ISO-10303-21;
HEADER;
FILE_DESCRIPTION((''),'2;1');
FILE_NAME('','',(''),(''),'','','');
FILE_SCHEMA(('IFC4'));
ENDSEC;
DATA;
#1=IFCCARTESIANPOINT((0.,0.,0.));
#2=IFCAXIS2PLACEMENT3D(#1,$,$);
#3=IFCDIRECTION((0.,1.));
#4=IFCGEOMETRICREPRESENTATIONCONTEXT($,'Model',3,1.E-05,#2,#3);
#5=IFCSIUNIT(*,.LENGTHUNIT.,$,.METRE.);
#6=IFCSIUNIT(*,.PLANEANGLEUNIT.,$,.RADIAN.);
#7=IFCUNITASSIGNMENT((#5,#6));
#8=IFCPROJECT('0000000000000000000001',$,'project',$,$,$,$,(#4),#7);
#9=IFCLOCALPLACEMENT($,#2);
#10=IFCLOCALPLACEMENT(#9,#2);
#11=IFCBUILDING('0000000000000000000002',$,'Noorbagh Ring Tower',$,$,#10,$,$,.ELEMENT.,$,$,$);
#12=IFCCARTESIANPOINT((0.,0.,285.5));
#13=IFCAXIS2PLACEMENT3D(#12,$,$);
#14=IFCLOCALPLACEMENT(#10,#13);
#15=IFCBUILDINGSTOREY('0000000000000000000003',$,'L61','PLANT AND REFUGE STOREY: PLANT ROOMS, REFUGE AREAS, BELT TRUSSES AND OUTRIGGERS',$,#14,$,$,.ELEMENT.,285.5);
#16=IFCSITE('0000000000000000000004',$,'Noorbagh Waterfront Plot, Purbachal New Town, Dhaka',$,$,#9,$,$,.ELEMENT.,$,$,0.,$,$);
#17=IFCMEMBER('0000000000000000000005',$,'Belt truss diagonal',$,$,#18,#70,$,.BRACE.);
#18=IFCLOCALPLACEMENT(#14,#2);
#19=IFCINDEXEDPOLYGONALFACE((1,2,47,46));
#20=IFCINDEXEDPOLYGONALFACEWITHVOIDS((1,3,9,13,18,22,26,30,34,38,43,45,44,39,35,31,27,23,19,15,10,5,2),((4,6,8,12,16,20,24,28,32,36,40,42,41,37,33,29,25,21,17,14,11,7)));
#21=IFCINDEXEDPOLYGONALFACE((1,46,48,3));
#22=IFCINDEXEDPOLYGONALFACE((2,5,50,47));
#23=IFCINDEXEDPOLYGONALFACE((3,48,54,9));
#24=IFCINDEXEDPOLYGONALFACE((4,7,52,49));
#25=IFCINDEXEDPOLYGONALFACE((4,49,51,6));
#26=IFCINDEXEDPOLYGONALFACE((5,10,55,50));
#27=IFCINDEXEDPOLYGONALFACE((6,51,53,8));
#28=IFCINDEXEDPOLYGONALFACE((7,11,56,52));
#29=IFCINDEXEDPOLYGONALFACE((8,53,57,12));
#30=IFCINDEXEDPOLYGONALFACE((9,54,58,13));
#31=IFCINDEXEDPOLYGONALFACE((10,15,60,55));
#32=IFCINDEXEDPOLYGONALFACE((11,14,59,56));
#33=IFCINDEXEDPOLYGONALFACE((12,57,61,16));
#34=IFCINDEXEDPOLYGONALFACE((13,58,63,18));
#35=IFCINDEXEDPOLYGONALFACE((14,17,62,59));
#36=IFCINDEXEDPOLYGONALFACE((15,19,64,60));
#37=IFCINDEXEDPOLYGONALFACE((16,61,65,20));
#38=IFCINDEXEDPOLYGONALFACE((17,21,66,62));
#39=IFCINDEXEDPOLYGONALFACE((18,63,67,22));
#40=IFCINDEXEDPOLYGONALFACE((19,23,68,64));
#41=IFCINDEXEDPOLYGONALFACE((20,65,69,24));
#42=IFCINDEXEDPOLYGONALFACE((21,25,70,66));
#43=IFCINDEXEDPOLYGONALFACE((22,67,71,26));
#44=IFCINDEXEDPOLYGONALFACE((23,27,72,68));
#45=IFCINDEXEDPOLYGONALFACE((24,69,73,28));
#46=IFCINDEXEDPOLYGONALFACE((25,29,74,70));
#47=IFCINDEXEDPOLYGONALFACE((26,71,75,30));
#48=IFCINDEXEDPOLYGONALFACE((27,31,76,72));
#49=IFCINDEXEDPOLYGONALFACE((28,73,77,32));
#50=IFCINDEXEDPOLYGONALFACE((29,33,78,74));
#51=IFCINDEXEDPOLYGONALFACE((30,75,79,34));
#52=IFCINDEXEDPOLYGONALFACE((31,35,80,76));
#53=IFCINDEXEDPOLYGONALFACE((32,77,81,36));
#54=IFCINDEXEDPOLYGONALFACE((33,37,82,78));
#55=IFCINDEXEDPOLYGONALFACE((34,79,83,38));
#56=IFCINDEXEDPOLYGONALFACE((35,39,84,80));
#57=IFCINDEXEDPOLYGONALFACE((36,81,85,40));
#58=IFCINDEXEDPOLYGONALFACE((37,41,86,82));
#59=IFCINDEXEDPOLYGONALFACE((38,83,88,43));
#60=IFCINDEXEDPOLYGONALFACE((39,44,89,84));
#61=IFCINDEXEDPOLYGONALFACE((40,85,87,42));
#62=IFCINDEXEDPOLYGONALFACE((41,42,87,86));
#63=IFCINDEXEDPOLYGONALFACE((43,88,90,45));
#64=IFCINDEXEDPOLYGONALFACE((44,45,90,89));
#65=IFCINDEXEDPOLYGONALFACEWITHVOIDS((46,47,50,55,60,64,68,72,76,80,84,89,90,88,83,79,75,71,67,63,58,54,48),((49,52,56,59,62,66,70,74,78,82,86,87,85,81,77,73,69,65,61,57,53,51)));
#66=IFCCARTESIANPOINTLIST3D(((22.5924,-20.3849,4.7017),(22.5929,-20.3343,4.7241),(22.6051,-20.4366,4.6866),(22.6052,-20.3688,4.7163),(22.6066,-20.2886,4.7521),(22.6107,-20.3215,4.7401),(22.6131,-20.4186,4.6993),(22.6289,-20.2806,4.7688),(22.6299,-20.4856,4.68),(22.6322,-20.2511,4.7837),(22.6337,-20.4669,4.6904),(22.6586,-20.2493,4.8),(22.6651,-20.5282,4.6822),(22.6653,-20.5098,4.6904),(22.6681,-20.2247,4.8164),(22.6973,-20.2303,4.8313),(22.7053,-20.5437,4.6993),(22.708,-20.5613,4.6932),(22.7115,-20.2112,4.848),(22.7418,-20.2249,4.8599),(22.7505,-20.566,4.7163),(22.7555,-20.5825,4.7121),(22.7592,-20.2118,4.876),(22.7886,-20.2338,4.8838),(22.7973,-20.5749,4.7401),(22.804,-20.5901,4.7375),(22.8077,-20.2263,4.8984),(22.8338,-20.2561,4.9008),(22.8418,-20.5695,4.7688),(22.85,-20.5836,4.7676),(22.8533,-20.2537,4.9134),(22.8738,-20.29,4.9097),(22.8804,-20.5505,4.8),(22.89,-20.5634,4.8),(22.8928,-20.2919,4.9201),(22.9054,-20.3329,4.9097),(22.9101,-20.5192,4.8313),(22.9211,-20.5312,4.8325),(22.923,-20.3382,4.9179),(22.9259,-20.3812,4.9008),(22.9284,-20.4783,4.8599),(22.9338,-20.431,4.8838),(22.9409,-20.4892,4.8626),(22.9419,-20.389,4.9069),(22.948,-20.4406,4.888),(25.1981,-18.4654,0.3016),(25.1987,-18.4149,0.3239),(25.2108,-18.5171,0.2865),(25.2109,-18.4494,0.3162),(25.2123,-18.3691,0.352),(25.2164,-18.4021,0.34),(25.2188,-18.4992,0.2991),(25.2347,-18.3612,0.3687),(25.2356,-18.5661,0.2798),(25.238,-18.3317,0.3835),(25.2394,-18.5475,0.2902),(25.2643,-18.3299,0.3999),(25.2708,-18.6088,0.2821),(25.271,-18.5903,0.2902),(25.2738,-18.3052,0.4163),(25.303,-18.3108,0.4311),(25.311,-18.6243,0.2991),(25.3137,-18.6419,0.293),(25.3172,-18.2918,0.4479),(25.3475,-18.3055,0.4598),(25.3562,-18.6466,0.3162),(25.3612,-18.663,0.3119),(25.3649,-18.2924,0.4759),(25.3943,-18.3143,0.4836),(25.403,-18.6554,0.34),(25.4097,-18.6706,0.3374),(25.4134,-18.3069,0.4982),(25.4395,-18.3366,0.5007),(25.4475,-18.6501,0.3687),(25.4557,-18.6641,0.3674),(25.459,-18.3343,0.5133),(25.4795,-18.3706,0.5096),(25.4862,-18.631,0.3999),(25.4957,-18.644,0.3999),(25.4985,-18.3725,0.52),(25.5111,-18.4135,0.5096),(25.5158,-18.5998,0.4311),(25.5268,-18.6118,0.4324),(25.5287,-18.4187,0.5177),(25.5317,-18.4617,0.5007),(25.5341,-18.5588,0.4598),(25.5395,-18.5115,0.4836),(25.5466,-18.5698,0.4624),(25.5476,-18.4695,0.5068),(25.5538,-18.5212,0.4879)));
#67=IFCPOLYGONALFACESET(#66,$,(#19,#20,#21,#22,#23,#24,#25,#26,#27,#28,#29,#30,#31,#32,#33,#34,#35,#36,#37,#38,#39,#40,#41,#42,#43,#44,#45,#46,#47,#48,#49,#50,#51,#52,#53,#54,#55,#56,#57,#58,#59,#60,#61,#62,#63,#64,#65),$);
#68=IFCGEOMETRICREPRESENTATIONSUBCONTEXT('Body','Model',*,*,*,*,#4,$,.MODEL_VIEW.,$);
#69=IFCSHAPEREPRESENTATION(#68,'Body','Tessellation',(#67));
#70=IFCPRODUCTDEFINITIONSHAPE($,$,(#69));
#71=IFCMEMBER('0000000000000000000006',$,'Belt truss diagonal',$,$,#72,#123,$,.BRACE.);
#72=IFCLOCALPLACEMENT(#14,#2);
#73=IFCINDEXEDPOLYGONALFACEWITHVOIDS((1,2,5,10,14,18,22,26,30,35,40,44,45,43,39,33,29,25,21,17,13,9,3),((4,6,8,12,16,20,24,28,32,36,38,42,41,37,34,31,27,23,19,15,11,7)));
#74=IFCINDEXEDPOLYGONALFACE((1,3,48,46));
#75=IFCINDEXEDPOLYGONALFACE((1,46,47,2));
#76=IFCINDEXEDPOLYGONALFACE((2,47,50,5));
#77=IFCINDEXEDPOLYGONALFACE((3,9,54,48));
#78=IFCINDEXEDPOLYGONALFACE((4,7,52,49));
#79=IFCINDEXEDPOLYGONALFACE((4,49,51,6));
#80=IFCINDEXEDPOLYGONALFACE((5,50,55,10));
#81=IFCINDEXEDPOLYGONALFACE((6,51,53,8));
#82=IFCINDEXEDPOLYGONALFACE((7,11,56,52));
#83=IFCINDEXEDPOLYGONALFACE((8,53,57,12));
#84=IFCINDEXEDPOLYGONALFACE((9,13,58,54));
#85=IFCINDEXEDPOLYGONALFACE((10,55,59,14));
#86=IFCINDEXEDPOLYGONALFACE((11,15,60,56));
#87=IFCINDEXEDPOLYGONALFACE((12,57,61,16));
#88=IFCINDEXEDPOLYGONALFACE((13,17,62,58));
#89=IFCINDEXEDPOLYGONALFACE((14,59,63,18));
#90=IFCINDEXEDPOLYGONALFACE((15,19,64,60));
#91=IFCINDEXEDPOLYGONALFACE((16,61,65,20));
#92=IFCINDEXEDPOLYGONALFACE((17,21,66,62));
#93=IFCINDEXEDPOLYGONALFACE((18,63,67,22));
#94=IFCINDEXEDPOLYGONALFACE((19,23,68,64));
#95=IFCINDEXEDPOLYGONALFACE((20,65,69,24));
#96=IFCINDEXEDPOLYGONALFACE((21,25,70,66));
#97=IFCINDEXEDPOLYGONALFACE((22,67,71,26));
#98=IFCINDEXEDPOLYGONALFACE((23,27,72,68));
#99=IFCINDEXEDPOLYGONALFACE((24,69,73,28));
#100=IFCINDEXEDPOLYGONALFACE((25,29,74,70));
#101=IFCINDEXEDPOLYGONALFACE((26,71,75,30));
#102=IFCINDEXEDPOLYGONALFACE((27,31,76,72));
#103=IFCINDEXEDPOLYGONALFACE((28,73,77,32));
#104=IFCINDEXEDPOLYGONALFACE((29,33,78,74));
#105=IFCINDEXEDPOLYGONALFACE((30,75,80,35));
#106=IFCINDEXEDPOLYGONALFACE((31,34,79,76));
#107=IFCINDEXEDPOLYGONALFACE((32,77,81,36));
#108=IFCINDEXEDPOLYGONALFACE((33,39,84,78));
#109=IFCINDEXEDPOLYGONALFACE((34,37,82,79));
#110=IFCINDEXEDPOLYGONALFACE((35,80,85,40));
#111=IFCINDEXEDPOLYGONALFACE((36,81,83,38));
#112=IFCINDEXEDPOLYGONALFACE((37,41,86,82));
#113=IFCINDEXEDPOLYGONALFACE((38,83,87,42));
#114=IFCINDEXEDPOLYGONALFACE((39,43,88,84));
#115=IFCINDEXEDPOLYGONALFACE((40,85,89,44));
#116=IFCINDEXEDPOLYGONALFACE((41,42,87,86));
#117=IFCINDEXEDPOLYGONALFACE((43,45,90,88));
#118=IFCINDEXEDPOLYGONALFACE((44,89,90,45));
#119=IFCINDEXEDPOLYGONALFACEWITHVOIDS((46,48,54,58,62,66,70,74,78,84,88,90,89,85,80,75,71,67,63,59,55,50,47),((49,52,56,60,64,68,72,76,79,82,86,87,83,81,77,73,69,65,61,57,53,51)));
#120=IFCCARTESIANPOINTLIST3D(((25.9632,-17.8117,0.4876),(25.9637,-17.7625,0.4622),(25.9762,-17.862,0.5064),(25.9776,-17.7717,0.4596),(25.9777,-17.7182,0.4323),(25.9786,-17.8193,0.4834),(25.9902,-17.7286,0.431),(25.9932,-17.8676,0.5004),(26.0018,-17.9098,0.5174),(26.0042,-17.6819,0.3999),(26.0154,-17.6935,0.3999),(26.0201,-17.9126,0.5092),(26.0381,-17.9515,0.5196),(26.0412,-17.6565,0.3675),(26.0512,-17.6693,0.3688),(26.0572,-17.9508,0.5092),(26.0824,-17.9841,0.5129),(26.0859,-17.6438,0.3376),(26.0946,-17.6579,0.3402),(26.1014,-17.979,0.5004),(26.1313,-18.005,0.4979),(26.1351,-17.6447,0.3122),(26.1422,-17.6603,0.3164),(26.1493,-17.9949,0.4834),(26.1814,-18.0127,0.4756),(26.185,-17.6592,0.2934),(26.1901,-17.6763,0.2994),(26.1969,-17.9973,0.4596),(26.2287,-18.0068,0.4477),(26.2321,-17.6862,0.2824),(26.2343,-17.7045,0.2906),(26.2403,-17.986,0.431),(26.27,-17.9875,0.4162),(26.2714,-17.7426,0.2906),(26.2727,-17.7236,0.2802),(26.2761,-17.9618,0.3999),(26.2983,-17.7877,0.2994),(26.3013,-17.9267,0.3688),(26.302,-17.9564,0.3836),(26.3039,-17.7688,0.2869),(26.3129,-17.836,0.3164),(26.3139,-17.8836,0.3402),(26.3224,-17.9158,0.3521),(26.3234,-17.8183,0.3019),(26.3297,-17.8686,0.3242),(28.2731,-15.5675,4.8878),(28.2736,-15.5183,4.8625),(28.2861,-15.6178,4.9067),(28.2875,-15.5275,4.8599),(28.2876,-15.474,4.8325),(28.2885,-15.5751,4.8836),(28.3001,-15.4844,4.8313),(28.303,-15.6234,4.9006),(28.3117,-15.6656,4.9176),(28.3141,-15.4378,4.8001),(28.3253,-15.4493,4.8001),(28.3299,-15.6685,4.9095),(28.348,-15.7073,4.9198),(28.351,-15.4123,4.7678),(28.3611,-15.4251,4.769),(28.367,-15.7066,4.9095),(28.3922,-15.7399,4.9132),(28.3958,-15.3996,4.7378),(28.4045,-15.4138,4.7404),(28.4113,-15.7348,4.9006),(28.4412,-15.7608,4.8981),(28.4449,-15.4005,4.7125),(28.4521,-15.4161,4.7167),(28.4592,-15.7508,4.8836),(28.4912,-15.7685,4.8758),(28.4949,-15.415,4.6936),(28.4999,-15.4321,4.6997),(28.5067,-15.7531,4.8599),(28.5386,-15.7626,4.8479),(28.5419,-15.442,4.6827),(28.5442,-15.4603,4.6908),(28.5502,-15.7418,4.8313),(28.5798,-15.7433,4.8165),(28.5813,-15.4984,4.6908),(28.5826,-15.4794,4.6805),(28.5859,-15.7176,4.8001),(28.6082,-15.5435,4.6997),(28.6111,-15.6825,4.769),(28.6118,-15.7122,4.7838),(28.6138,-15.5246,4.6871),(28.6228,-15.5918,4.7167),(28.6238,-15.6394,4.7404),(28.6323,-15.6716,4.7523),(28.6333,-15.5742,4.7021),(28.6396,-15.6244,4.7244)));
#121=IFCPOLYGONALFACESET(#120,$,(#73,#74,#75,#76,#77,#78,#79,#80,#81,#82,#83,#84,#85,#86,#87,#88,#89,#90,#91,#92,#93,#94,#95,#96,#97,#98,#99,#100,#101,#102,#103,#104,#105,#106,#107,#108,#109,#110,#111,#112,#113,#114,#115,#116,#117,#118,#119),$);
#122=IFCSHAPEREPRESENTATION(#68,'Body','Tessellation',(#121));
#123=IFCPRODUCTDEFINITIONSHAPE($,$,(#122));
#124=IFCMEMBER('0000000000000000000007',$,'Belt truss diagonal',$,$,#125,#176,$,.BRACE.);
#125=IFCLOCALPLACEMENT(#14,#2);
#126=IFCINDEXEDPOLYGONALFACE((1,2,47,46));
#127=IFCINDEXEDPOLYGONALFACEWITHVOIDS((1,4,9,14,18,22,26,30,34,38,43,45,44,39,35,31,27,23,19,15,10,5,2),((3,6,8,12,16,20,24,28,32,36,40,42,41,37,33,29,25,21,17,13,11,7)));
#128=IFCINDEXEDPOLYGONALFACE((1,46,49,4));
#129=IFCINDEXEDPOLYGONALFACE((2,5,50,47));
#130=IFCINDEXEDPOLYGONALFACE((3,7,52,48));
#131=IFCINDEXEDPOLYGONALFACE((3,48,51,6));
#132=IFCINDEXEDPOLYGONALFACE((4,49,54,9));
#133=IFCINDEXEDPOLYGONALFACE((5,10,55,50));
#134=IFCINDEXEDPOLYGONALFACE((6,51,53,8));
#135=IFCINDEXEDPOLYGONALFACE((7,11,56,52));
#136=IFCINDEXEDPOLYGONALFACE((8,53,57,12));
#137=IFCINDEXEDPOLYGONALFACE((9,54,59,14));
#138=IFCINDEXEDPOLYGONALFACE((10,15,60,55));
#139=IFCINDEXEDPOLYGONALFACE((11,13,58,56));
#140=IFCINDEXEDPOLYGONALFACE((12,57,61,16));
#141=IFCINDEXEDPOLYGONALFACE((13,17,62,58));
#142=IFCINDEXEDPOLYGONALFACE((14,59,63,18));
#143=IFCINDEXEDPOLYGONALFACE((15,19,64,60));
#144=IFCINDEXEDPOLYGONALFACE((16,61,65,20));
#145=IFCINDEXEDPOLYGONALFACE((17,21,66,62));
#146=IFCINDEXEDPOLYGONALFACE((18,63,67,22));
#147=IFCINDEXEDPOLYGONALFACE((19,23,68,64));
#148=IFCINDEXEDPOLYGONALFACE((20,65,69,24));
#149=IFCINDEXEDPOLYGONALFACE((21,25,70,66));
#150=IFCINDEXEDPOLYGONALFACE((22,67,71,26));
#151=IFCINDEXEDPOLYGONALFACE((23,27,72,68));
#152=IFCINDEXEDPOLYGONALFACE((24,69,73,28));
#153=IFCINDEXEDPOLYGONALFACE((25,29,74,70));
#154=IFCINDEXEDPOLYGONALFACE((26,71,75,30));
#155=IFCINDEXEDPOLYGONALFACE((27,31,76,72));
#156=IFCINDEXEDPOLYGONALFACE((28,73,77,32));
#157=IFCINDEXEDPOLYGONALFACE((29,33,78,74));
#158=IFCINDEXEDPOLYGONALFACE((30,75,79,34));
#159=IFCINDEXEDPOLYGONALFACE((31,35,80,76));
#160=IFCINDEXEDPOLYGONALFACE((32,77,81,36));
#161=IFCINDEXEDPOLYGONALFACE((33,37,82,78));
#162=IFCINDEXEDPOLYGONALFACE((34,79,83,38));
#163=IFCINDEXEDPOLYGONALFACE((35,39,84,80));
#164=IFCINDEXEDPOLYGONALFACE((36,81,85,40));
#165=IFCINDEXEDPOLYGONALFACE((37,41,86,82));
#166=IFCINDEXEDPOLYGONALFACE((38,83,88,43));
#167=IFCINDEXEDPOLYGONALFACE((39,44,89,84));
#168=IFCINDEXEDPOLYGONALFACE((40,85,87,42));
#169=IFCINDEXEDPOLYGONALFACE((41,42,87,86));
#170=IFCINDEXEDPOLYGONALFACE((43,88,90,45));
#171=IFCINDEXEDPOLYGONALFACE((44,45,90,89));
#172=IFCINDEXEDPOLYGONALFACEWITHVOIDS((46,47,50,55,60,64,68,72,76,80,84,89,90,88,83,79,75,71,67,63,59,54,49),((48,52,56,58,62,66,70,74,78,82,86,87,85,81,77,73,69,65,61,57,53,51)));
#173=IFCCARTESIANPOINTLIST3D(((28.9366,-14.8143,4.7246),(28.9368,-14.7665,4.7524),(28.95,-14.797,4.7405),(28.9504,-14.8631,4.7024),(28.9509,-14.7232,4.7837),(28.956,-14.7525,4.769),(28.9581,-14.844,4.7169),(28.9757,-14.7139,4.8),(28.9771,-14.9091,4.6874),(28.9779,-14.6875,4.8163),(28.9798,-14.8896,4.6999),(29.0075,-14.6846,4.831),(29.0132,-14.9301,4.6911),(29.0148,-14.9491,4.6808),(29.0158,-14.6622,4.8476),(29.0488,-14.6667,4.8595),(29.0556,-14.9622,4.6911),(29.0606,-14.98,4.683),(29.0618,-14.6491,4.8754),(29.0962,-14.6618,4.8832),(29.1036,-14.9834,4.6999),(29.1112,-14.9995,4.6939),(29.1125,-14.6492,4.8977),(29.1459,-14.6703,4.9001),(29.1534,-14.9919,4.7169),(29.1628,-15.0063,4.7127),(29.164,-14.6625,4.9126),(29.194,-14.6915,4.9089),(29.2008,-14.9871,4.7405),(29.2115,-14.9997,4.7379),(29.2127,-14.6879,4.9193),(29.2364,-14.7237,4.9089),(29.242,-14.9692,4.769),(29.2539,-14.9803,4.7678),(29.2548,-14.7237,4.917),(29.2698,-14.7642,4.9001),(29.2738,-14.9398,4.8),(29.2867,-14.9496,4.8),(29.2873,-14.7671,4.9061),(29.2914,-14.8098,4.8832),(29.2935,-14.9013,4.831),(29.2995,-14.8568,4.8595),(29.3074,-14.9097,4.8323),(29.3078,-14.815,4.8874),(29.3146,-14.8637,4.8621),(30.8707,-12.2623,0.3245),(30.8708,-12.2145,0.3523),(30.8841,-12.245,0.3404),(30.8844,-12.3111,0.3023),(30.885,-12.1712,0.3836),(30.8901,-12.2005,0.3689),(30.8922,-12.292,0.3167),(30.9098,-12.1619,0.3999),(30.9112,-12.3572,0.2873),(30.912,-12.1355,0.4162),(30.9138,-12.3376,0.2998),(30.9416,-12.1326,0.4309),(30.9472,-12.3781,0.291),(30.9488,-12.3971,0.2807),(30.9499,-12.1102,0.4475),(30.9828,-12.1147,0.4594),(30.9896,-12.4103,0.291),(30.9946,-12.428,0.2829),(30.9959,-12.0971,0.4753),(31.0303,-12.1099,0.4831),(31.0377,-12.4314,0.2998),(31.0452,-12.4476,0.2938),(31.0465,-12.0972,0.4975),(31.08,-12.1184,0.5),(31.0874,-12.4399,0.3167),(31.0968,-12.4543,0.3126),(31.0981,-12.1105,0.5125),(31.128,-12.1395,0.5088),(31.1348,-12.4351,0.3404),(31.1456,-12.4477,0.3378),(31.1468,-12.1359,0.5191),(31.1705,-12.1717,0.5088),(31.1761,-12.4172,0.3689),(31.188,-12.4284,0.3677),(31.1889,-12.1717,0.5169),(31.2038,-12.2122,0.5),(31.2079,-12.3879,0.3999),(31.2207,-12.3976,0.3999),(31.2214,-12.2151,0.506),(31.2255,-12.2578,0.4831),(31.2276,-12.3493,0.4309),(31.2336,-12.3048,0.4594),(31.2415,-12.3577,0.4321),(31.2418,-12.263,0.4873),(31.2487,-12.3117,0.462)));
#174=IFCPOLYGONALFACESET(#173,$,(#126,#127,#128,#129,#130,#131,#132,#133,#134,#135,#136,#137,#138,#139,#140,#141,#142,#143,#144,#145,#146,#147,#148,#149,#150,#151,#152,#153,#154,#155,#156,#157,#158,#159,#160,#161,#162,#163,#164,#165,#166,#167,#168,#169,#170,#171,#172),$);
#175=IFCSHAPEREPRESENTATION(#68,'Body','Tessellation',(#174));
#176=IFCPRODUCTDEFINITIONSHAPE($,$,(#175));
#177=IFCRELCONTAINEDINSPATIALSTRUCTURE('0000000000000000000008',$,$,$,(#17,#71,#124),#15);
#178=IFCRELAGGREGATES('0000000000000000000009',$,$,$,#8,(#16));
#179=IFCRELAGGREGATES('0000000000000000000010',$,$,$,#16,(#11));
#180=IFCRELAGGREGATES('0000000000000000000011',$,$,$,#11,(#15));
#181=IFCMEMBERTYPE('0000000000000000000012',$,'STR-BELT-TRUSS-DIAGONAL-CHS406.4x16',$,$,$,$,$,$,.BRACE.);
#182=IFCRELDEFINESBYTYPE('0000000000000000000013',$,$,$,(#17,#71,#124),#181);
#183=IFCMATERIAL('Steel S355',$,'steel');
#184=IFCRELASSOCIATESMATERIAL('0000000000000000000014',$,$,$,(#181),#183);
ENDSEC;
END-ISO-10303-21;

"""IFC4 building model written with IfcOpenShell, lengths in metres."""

from ifc_helpers import new_model, si_unit, direction, frame, origin, origin_2d, place, context, subcontext, project, spatial, hollow_circle, extrude, material, material_profile, profile_set, type_object, element, save


model = new_model("IFC4")

# Units and contexts
model_context = context("Model", 3, precision=1e-05, world=origin(), true_north=direction((0.0, 1.0)))
body_context = subcontext(model_context, "Body", "Model", "MODEL_VIEW")
ifc_project = project(units=[si_unit("LENGTHUNIT", "METRE"), si_unit("PLANEANGLEUNIT", "RADIAN")], contexts=[model_context])

# Site, building, storey
site_placement = place(None, origin())
site = spatial("IfcSite", under=ifc_project, at=site_placement, Name="Noorbagh Waterfront Plot, Purbachal New Town, Dhaka", CompositionType="ELEMENT", RefElevation=0.0)
building_placement = place(site_placement, origin())
building = spatial("IfcBuilding", under=site, at=building_placement, Name="Noorbagh Ring Tower", CompositionType="ELEMENT")
storey_placement = place(building_placement, frame((0.0, 0.0, 285.5)))
storey = spatial("IfcBuildingStorey", under=building, at=storey_placement, Name="L61", Description="PLANT AND REFUGE STOREY: PLANT ROOMS, REFUGE AREAS, BELT TRUSSES AND OUTRIGGERS", CompositionType="ELEMENT", Elevation=285.5)

# Members
ifc_material_1 = material(Name="Steel S355", Category="steel")
ifc_material_profile_1 = material_profile(ifc_material_1, hollow_circle(Radius=0.2031, WallThickness=0.0161, at=origin_2d()), Name="CHS406.4x16")
ifc_profile_set_1 = profile_set([ifc_material_profile_1], Name="Steel S355")
member_type = type_object("IfcMemberType", Name="STR-BELT-TRUSS-DIAGONAL-CHS406.4x16", PredefinedType="BRACE", material=ifc_profile_set_1)
member_1_placement = place(storey_placement, frame((25.3752, -18.4805, 0.3999), z_axis=(-0.477048, -0.351405, 0.805568), x_axis=(0.593086, -0.805139, 0.0)))
element("IfcMember", 1, at=member_1_placement, inside=storey, type_object=member_type, Name="Belt truss diagonal", PredefinedType="BRACE", context=body_context, shape_type="SweptSolid", body=[
    extrude(hollow_circle(Radius=0.2031, WallThickness=0.0161, at=origin_2d()), origin(), (0.0, 0.0, 1.0), 5.4622),
])
member_2_placement = place(storey_placement, frame((26.1458, -17.8276, 0.3999), z_axis=(0.423604, 0.41156, 0.806956), x_axis=(-0.696837, 0.71723, 0.0)))
element("IfcMember", 2, at=member_2_placement, inside=storey, type_object=member_type, Name="Belt truss diagonal", PredefinedType="BRACE", context=body_context, shape_type="SweptSolid", body=[
    extrude(hollow_circle(Radius=0.2031, WallThickness=0.0161, at=origin_2d()), origin(), (0.0, 0.0, 1.0), 5.4529),
])
member_3_placement = place(storey_placement, frame((31.0588, -12.2749, 0.3999), z_axis=(-0.355403, -0.468951, 0.808563), x_axis=(0.79698, -0.604006, 0.0)))
element("IfcMember", 3, at=member_3_placement, inside=storey, type_object=member_type, Name="Belt truss diagonal", PredefinedType="BRACE", context=body_context, shape_type="SweptSolid", body=[
    extrude(hollow_circle(Radius=0.2031, WallThickness=0.0161, at=origin_2d()), origin(), (0.0, 0.0, 1.0), 5.4419),
])

save(model, "model.ifc")
